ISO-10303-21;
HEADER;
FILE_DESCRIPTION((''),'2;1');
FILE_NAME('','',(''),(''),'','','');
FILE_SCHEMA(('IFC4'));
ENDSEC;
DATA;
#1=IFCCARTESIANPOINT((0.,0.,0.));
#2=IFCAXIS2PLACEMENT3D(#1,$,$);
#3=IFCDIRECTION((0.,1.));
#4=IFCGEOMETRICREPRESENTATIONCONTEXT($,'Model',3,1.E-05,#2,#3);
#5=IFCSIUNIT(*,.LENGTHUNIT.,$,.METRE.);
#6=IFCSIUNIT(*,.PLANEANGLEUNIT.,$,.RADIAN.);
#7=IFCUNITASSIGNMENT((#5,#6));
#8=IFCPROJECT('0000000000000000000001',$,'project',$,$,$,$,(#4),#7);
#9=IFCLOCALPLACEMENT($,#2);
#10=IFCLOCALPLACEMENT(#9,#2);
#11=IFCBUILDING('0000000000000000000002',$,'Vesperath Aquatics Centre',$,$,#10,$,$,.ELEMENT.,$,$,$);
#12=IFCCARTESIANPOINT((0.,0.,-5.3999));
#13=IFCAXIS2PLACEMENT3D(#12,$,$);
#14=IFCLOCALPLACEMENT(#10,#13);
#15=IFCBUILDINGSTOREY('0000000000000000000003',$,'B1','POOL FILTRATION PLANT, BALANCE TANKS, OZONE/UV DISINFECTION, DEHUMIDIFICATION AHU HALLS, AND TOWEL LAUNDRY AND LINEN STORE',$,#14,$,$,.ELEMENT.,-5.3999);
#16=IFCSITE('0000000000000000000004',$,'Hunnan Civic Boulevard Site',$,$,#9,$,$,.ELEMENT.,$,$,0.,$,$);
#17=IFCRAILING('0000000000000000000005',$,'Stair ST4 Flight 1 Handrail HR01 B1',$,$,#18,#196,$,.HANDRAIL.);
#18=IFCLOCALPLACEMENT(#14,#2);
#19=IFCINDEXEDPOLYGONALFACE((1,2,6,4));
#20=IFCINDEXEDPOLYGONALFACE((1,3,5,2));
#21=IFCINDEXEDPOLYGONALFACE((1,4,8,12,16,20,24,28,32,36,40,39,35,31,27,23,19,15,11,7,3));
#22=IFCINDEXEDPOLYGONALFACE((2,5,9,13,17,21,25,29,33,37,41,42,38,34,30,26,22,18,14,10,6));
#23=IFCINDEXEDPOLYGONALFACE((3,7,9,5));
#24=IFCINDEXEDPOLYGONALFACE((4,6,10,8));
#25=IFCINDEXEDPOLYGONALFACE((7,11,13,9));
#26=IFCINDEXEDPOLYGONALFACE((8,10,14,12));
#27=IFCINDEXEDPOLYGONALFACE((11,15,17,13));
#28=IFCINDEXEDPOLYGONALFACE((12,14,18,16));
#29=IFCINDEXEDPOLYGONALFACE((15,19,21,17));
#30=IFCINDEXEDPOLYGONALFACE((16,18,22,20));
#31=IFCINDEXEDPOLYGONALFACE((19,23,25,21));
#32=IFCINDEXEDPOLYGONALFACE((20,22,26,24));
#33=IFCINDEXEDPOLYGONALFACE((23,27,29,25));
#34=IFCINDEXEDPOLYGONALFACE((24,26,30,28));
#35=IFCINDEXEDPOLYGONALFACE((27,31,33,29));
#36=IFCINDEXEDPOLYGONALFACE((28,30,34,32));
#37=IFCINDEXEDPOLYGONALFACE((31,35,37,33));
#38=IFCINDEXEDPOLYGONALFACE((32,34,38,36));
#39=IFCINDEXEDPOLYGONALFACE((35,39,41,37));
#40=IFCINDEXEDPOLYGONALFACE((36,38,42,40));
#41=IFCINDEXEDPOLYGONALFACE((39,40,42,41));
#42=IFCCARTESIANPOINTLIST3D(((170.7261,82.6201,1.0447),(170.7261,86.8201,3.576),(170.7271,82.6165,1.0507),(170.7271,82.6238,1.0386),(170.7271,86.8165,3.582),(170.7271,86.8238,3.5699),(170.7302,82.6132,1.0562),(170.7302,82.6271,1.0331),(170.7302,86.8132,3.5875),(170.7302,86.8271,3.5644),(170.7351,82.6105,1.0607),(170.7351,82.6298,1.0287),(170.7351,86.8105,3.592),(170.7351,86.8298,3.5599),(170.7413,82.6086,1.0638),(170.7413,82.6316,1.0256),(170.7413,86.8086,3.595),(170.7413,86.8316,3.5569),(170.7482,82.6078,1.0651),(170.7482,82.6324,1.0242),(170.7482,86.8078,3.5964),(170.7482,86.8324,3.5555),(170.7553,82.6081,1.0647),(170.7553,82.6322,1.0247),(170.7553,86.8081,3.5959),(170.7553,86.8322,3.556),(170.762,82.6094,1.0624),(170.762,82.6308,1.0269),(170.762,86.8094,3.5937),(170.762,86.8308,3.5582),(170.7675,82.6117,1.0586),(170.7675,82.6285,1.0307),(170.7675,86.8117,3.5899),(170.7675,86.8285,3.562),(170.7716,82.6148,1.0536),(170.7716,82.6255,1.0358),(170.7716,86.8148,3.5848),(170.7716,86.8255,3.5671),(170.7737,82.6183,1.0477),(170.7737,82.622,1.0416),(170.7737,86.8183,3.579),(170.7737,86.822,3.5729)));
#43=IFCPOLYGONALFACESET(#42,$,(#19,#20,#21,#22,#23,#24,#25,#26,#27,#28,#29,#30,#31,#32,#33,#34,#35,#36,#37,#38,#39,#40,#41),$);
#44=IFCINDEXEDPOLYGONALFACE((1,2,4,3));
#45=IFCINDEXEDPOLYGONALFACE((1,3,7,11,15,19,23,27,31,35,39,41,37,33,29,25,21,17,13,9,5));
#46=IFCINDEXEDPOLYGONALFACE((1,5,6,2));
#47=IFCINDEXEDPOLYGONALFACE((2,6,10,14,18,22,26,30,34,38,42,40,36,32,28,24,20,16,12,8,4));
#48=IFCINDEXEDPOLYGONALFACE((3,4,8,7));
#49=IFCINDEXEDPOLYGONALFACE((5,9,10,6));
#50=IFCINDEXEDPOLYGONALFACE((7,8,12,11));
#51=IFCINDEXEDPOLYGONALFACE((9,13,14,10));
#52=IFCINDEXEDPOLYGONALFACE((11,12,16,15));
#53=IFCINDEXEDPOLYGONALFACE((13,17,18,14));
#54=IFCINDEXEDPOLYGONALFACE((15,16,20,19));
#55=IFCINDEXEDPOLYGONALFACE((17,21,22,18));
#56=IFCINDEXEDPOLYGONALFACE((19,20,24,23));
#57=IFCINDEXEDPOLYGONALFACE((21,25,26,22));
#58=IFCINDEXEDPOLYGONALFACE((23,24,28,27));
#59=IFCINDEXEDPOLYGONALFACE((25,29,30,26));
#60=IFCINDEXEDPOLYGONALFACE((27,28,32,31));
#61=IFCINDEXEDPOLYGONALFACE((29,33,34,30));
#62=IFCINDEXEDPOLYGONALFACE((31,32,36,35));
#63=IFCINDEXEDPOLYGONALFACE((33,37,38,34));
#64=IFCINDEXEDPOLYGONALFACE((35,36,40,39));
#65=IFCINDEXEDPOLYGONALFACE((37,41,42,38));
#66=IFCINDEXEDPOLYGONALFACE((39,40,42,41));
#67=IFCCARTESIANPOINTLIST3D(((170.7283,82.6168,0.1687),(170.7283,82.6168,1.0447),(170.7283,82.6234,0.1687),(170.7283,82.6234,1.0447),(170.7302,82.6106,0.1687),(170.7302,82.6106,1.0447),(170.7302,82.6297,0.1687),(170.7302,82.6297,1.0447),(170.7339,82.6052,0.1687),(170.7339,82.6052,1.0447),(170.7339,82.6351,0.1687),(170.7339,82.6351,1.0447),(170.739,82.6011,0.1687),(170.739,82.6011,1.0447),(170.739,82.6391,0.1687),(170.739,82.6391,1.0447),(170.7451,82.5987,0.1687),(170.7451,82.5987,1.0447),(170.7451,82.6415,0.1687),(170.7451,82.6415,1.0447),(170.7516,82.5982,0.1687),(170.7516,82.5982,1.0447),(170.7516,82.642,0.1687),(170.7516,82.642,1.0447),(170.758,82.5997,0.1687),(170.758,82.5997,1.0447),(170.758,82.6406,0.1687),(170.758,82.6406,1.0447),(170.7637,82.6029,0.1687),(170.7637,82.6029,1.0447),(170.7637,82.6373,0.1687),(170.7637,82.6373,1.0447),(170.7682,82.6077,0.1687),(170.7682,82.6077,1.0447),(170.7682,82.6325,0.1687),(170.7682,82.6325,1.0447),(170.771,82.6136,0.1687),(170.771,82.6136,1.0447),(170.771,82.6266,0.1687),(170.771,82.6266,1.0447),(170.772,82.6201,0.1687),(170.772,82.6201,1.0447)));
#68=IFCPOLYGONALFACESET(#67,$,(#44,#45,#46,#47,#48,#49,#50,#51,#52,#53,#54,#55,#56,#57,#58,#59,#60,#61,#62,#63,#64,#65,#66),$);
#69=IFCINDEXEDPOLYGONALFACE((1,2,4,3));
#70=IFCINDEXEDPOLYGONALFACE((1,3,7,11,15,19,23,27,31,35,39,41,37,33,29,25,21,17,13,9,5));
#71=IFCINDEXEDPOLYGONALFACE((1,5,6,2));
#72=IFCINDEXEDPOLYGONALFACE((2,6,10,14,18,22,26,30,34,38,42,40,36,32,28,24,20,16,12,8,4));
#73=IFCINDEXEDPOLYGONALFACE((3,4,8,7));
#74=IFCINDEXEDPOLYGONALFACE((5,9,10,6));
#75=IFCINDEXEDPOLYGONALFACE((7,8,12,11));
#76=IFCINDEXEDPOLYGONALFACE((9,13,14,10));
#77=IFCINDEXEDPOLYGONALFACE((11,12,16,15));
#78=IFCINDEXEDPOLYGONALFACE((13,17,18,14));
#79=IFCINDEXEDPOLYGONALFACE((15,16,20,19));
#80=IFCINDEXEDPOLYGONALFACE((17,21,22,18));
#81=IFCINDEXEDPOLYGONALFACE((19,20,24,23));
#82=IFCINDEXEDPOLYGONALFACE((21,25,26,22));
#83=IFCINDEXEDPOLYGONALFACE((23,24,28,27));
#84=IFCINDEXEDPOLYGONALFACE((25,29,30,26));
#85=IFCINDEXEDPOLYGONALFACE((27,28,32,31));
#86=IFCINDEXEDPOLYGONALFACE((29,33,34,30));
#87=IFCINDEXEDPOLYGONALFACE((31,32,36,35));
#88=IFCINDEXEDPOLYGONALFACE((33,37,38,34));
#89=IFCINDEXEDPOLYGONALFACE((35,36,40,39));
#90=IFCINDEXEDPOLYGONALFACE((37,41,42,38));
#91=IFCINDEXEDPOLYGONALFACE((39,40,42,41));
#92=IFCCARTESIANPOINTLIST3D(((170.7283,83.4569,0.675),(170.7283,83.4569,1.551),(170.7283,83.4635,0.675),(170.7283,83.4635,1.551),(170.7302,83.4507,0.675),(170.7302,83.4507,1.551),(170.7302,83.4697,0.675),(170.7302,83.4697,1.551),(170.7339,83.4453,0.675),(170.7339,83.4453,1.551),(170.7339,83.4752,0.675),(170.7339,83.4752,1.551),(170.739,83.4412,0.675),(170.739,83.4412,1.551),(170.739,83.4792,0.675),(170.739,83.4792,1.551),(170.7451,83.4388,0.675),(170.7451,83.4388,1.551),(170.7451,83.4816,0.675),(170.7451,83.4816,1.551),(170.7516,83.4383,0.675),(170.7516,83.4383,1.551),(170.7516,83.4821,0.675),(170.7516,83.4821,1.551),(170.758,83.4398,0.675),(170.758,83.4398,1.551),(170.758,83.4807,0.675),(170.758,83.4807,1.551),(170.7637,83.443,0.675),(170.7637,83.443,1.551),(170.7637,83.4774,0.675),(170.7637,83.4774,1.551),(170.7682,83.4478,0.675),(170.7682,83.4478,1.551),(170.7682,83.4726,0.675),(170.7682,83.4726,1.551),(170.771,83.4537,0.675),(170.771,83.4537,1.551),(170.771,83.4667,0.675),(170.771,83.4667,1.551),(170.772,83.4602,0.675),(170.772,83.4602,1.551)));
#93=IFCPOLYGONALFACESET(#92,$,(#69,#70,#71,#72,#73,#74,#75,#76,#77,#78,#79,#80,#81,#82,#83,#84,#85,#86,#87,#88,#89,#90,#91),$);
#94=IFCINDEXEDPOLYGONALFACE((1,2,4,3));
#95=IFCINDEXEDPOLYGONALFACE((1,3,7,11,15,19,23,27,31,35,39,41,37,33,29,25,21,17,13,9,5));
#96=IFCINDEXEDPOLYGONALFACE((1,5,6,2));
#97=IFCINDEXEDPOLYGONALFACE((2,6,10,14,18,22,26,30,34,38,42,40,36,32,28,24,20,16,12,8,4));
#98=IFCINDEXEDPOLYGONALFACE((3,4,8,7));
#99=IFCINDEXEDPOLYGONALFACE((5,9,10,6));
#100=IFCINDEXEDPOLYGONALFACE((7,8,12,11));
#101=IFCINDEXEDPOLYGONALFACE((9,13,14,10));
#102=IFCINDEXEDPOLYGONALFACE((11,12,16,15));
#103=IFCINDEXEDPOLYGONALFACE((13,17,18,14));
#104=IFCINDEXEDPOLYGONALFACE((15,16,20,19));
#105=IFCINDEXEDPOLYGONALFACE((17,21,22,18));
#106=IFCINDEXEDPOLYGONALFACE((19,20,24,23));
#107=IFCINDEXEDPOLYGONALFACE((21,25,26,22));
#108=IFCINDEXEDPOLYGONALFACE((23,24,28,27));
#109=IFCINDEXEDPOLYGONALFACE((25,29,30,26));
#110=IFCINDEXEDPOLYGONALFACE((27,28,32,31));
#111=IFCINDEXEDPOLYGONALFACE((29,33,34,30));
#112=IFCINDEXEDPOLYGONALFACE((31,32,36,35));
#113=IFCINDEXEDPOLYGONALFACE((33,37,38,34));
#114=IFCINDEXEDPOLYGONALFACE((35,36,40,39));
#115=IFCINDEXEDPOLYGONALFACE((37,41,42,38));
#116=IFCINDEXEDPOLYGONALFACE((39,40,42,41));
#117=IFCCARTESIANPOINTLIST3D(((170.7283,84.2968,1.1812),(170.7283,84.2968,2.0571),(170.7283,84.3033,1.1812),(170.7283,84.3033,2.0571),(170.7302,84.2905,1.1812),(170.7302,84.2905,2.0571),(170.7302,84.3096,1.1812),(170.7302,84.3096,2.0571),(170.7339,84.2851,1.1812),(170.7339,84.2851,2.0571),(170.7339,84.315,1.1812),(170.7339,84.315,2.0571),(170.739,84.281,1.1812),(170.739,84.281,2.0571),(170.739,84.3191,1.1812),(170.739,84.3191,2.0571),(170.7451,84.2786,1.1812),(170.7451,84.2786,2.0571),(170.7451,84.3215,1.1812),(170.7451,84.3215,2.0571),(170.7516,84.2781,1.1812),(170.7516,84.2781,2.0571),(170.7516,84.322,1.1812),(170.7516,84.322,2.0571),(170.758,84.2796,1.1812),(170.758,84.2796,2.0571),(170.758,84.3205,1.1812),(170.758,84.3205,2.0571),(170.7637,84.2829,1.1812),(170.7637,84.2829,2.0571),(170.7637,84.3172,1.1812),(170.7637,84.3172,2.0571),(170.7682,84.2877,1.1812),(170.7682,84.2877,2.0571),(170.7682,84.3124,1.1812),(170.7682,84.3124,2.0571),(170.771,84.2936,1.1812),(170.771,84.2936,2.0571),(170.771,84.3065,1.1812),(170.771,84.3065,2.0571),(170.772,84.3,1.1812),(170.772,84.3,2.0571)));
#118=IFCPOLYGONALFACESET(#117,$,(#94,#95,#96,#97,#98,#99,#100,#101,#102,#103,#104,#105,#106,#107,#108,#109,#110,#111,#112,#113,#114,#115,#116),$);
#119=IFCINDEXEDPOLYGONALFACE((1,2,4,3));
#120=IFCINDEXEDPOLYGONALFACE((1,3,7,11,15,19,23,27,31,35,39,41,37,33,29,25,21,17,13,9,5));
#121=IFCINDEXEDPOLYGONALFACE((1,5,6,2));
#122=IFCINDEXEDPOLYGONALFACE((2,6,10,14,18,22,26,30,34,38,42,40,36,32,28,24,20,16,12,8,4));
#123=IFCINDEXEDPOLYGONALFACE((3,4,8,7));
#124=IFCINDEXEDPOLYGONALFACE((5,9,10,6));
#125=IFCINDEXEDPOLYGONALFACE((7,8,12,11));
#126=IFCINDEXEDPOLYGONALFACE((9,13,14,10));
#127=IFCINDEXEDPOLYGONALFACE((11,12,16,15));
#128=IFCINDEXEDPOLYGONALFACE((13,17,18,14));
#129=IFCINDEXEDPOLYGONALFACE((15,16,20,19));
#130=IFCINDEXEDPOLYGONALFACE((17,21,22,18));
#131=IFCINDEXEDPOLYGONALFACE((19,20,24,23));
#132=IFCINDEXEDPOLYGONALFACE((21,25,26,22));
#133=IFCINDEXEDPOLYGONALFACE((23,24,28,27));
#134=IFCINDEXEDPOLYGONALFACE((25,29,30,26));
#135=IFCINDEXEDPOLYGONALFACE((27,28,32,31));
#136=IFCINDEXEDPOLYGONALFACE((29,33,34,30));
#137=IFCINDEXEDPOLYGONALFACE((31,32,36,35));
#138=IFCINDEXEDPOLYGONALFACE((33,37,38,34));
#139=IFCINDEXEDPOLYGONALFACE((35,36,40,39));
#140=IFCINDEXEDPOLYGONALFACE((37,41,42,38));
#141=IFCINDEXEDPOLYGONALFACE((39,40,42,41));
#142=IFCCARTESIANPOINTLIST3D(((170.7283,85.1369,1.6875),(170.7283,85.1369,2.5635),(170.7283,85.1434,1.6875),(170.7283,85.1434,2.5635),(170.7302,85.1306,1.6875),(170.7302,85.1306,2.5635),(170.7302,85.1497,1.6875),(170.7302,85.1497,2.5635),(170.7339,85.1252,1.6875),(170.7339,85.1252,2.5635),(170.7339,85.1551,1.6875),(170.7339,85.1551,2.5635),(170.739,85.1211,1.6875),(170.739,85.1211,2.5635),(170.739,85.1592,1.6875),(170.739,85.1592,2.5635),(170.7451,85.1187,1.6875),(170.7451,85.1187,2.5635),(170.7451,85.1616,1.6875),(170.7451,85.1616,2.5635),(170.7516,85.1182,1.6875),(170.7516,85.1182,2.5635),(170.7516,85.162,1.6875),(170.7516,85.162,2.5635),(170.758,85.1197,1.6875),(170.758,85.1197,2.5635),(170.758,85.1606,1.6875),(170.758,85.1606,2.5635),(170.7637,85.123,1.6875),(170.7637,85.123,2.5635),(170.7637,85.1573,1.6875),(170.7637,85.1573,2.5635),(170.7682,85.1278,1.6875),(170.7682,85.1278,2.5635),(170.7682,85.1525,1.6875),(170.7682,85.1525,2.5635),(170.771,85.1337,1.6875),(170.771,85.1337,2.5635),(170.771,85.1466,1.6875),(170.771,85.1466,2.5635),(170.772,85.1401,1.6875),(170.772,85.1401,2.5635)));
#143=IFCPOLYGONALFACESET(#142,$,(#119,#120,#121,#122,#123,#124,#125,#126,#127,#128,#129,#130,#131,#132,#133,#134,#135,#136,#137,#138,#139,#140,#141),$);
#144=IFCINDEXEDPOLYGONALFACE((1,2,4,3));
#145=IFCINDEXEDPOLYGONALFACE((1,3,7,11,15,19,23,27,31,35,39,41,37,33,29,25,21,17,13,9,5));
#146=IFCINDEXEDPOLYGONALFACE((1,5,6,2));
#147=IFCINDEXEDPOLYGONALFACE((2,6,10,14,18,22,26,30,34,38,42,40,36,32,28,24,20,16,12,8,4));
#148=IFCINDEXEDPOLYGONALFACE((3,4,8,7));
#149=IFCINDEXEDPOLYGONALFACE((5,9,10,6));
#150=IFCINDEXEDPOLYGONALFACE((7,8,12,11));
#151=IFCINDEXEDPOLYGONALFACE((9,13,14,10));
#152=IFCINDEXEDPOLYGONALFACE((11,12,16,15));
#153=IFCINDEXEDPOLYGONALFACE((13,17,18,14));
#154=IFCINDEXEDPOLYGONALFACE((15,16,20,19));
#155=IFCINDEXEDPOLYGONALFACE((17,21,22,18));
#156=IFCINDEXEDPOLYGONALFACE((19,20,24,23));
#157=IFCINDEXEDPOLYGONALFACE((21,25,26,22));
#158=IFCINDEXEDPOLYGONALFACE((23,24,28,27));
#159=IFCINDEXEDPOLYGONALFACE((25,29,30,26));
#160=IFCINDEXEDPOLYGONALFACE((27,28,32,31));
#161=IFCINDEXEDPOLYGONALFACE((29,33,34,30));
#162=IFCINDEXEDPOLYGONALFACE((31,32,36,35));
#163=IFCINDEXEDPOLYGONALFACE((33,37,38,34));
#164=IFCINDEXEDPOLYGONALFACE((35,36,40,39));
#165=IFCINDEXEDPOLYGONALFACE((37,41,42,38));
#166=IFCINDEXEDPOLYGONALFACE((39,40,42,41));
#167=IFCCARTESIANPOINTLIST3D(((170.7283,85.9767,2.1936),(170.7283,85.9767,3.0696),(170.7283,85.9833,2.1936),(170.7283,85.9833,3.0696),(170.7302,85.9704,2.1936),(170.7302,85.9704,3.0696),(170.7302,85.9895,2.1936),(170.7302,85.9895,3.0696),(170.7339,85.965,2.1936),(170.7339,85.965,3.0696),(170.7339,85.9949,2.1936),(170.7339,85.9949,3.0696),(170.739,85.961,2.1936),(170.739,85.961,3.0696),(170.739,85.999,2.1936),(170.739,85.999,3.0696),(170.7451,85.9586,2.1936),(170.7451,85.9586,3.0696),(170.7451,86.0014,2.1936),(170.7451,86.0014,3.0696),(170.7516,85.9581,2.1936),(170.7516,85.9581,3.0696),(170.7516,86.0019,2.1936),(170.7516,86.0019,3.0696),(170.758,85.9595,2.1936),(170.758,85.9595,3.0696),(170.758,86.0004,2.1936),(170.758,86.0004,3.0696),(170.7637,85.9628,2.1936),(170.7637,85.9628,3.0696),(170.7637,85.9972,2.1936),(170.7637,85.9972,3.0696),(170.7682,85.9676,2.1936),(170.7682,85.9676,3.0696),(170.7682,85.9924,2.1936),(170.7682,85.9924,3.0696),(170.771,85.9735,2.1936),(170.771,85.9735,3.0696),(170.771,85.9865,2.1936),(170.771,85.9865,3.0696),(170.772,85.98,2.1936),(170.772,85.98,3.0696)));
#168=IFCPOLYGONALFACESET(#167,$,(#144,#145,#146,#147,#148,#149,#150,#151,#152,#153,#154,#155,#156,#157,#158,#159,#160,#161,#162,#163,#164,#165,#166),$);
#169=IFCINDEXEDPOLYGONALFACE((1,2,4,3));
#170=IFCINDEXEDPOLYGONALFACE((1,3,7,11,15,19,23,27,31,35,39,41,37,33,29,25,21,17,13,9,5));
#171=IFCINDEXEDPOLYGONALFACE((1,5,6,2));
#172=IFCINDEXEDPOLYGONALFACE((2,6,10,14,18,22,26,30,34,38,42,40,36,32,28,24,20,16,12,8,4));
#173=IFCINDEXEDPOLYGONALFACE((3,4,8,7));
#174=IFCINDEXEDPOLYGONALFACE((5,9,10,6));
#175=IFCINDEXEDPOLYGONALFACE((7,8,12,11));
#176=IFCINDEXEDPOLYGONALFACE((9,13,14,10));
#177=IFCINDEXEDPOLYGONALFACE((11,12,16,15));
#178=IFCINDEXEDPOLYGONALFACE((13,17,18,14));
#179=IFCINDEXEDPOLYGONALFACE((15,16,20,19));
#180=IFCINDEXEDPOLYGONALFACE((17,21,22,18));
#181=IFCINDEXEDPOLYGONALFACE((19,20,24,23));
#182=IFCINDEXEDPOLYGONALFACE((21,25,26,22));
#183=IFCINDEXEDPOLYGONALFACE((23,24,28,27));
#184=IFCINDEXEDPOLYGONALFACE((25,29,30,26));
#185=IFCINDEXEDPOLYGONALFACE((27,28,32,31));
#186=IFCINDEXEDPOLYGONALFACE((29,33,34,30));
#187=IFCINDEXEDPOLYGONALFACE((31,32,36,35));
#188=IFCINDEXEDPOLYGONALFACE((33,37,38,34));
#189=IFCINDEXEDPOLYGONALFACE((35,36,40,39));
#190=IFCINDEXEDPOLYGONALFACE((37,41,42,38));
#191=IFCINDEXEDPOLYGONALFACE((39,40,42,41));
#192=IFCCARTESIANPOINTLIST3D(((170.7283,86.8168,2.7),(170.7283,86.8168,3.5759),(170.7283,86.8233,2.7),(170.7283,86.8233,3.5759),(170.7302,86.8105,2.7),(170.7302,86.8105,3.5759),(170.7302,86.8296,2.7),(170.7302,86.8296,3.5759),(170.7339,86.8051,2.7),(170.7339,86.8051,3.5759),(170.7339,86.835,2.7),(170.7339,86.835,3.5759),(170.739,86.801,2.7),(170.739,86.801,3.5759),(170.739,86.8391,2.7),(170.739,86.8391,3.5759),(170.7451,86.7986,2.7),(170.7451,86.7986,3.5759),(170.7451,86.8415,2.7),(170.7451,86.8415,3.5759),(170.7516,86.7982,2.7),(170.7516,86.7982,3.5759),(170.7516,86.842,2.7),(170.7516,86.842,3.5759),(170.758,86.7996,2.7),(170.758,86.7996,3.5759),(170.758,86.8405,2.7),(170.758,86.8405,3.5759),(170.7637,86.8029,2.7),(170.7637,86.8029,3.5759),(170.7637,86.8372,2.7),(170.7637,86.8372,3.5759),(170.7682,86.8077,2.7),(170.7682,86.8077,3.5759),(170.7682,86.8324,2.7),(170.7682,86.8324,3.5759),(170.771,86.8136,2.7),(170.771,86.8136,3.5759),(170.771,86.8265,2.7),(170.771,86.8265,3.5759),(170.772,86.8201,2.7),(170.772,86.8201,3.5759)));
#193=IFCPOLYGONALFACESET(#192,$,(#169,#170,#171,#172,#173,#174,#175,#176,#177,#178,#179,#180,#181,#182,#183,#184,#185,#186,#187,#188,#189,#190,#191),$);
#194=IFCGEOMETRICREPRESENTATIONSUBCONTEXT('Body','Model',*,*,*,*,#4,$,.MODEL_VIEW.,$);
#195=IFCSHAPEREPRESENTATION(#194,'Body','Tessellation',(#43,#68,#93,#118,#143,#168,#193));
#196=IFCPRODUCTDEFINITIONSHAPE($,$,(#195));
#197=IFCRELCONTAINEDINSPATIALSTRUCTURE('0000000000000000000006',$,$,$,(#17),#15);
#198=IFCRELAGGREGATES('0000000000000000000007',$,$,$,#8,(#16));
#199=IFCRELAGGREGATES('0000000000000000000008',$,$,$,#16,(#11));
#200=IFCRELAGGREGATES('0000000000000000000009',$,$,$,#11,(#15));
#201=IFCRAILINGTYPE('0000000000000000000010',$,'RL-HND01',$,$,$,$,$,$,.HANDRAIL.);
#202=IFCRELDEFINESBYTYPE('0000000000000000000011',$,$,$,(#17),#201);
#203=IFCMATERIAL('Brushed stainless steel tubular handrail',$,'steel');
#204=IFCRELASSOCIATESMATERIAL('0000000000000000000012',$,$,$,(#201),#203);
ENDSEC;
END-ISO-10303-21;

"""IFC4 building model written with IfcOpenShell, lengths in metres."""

from ifc_helpers import new_model, si_unit, direction, frame, origin, origin_2d, place, context, subcontext, project, spatial, circle, extrude, material, type_object, element, save


model = new_model("IFC4")

# Units and contexts
model_context = context("Model", 3, precision=1e-05, world=origin(), true_north=direction((0.0, 1.0)))
body_context = subcontext(model_context, "Body", "Model", "MODEL_VIEW")
ifc_project = project(units=[si_unit("LENGTHUNIT", "METRE"), si_unit("PLANEANGLEUNIT", "RADIAN")], contexts=[model_context])

# Site, building, storey
site_placement = place(None, origin())
site = spatial("IfcSite", under=ifc_project, at=site_placement, Name="Hunnan Civic Boulevard Site", CompositionType="ELEMENT", RefElevation=0.0)
building_placement = place(site_placement, origin())
building = spatial("IfcBuilding", under=site, at=building_placement, Name="Vesperath Aquatics Centre", CompositionType="ELEMENT")
storey_placement = place(building_placement, frame((0.0, 0.0, -5.3999)))
storey = spatial("IfcBuildingStorey", under=building, at=storey_placement, Name="B1", Description="POOL FILTRATION PLANT, BALANCE TANKS, OZONE/UV DISINFECTION, DEHUMIDIFICATION AHU HALLS, AND TOWEL LAUNDRY AND LINEN STORE", CompositionType="ELEMENT", Elevation=-5.3999)

# Railing
ifc_material_1 = material(Name="Brushed stainless steel tubular handrail", Category="steel")
railing_type_1 = type_object("IfcRailingType", Name="RL-HND01", PredefinedType="HANDRAIL", material=ifc_material_1)
railing_1_placement = place(storey_placement, frame((170.75, 82.6201, 0.1687)))
element("IfcRailing", 1, at=railing_1_placement, inside=storey, type_object=railing_type_1, Name="Stair ST4 Flight 1 Handrail HR01 B1", PredefinedType="HANDRAIL", context=body_context, shape_type="SweptSolid", body=[
    extrude(circle(Radius=0.0239, at=origin_2d()), frame((0.0, 0.0, 0.876), z_axis=(0.0, 0.856476, 0.516186), x_axis=(-1.0, 0.0, 0.0)), (0.0, 0.0, 1.0), 4.9038),
    extrude(circle(Radius=0.022, at=origin_2d()), origin(), (0.0, 0.0, 1.0), 0.876),
    extrude(circle(Radius=0.022, at=origin_2d()), frame((0.0, 0.8401, 0.5063)), (0.0, 0.0, 1.0), 0.876),
    extrude(circle(Radius=0.022, at=origin_2d()), frame((0.0, 1.6799, 1.0125)), (0.0, 0.0, 1.0), 0.876),
    extrude(circle(Radius=0.022, at=origin_2d()), frame((0.0, 2.52, 1.5188)), (0.0, 0.0, 1.0), 0.876),
    extrude(circle(Radius=0.022, at=origin_2d()), frame((0.0, 3.3599, 2.0249)), (0.0, 0.0, 1.0), 0.876),
    extrude(circle(Radius=0.022, at=origin_2d()), frame((0.0, 4.2, 2.5312)), (0.0, 0.0, 1.0), 0.876),
])

save(model, "model.ifc")
